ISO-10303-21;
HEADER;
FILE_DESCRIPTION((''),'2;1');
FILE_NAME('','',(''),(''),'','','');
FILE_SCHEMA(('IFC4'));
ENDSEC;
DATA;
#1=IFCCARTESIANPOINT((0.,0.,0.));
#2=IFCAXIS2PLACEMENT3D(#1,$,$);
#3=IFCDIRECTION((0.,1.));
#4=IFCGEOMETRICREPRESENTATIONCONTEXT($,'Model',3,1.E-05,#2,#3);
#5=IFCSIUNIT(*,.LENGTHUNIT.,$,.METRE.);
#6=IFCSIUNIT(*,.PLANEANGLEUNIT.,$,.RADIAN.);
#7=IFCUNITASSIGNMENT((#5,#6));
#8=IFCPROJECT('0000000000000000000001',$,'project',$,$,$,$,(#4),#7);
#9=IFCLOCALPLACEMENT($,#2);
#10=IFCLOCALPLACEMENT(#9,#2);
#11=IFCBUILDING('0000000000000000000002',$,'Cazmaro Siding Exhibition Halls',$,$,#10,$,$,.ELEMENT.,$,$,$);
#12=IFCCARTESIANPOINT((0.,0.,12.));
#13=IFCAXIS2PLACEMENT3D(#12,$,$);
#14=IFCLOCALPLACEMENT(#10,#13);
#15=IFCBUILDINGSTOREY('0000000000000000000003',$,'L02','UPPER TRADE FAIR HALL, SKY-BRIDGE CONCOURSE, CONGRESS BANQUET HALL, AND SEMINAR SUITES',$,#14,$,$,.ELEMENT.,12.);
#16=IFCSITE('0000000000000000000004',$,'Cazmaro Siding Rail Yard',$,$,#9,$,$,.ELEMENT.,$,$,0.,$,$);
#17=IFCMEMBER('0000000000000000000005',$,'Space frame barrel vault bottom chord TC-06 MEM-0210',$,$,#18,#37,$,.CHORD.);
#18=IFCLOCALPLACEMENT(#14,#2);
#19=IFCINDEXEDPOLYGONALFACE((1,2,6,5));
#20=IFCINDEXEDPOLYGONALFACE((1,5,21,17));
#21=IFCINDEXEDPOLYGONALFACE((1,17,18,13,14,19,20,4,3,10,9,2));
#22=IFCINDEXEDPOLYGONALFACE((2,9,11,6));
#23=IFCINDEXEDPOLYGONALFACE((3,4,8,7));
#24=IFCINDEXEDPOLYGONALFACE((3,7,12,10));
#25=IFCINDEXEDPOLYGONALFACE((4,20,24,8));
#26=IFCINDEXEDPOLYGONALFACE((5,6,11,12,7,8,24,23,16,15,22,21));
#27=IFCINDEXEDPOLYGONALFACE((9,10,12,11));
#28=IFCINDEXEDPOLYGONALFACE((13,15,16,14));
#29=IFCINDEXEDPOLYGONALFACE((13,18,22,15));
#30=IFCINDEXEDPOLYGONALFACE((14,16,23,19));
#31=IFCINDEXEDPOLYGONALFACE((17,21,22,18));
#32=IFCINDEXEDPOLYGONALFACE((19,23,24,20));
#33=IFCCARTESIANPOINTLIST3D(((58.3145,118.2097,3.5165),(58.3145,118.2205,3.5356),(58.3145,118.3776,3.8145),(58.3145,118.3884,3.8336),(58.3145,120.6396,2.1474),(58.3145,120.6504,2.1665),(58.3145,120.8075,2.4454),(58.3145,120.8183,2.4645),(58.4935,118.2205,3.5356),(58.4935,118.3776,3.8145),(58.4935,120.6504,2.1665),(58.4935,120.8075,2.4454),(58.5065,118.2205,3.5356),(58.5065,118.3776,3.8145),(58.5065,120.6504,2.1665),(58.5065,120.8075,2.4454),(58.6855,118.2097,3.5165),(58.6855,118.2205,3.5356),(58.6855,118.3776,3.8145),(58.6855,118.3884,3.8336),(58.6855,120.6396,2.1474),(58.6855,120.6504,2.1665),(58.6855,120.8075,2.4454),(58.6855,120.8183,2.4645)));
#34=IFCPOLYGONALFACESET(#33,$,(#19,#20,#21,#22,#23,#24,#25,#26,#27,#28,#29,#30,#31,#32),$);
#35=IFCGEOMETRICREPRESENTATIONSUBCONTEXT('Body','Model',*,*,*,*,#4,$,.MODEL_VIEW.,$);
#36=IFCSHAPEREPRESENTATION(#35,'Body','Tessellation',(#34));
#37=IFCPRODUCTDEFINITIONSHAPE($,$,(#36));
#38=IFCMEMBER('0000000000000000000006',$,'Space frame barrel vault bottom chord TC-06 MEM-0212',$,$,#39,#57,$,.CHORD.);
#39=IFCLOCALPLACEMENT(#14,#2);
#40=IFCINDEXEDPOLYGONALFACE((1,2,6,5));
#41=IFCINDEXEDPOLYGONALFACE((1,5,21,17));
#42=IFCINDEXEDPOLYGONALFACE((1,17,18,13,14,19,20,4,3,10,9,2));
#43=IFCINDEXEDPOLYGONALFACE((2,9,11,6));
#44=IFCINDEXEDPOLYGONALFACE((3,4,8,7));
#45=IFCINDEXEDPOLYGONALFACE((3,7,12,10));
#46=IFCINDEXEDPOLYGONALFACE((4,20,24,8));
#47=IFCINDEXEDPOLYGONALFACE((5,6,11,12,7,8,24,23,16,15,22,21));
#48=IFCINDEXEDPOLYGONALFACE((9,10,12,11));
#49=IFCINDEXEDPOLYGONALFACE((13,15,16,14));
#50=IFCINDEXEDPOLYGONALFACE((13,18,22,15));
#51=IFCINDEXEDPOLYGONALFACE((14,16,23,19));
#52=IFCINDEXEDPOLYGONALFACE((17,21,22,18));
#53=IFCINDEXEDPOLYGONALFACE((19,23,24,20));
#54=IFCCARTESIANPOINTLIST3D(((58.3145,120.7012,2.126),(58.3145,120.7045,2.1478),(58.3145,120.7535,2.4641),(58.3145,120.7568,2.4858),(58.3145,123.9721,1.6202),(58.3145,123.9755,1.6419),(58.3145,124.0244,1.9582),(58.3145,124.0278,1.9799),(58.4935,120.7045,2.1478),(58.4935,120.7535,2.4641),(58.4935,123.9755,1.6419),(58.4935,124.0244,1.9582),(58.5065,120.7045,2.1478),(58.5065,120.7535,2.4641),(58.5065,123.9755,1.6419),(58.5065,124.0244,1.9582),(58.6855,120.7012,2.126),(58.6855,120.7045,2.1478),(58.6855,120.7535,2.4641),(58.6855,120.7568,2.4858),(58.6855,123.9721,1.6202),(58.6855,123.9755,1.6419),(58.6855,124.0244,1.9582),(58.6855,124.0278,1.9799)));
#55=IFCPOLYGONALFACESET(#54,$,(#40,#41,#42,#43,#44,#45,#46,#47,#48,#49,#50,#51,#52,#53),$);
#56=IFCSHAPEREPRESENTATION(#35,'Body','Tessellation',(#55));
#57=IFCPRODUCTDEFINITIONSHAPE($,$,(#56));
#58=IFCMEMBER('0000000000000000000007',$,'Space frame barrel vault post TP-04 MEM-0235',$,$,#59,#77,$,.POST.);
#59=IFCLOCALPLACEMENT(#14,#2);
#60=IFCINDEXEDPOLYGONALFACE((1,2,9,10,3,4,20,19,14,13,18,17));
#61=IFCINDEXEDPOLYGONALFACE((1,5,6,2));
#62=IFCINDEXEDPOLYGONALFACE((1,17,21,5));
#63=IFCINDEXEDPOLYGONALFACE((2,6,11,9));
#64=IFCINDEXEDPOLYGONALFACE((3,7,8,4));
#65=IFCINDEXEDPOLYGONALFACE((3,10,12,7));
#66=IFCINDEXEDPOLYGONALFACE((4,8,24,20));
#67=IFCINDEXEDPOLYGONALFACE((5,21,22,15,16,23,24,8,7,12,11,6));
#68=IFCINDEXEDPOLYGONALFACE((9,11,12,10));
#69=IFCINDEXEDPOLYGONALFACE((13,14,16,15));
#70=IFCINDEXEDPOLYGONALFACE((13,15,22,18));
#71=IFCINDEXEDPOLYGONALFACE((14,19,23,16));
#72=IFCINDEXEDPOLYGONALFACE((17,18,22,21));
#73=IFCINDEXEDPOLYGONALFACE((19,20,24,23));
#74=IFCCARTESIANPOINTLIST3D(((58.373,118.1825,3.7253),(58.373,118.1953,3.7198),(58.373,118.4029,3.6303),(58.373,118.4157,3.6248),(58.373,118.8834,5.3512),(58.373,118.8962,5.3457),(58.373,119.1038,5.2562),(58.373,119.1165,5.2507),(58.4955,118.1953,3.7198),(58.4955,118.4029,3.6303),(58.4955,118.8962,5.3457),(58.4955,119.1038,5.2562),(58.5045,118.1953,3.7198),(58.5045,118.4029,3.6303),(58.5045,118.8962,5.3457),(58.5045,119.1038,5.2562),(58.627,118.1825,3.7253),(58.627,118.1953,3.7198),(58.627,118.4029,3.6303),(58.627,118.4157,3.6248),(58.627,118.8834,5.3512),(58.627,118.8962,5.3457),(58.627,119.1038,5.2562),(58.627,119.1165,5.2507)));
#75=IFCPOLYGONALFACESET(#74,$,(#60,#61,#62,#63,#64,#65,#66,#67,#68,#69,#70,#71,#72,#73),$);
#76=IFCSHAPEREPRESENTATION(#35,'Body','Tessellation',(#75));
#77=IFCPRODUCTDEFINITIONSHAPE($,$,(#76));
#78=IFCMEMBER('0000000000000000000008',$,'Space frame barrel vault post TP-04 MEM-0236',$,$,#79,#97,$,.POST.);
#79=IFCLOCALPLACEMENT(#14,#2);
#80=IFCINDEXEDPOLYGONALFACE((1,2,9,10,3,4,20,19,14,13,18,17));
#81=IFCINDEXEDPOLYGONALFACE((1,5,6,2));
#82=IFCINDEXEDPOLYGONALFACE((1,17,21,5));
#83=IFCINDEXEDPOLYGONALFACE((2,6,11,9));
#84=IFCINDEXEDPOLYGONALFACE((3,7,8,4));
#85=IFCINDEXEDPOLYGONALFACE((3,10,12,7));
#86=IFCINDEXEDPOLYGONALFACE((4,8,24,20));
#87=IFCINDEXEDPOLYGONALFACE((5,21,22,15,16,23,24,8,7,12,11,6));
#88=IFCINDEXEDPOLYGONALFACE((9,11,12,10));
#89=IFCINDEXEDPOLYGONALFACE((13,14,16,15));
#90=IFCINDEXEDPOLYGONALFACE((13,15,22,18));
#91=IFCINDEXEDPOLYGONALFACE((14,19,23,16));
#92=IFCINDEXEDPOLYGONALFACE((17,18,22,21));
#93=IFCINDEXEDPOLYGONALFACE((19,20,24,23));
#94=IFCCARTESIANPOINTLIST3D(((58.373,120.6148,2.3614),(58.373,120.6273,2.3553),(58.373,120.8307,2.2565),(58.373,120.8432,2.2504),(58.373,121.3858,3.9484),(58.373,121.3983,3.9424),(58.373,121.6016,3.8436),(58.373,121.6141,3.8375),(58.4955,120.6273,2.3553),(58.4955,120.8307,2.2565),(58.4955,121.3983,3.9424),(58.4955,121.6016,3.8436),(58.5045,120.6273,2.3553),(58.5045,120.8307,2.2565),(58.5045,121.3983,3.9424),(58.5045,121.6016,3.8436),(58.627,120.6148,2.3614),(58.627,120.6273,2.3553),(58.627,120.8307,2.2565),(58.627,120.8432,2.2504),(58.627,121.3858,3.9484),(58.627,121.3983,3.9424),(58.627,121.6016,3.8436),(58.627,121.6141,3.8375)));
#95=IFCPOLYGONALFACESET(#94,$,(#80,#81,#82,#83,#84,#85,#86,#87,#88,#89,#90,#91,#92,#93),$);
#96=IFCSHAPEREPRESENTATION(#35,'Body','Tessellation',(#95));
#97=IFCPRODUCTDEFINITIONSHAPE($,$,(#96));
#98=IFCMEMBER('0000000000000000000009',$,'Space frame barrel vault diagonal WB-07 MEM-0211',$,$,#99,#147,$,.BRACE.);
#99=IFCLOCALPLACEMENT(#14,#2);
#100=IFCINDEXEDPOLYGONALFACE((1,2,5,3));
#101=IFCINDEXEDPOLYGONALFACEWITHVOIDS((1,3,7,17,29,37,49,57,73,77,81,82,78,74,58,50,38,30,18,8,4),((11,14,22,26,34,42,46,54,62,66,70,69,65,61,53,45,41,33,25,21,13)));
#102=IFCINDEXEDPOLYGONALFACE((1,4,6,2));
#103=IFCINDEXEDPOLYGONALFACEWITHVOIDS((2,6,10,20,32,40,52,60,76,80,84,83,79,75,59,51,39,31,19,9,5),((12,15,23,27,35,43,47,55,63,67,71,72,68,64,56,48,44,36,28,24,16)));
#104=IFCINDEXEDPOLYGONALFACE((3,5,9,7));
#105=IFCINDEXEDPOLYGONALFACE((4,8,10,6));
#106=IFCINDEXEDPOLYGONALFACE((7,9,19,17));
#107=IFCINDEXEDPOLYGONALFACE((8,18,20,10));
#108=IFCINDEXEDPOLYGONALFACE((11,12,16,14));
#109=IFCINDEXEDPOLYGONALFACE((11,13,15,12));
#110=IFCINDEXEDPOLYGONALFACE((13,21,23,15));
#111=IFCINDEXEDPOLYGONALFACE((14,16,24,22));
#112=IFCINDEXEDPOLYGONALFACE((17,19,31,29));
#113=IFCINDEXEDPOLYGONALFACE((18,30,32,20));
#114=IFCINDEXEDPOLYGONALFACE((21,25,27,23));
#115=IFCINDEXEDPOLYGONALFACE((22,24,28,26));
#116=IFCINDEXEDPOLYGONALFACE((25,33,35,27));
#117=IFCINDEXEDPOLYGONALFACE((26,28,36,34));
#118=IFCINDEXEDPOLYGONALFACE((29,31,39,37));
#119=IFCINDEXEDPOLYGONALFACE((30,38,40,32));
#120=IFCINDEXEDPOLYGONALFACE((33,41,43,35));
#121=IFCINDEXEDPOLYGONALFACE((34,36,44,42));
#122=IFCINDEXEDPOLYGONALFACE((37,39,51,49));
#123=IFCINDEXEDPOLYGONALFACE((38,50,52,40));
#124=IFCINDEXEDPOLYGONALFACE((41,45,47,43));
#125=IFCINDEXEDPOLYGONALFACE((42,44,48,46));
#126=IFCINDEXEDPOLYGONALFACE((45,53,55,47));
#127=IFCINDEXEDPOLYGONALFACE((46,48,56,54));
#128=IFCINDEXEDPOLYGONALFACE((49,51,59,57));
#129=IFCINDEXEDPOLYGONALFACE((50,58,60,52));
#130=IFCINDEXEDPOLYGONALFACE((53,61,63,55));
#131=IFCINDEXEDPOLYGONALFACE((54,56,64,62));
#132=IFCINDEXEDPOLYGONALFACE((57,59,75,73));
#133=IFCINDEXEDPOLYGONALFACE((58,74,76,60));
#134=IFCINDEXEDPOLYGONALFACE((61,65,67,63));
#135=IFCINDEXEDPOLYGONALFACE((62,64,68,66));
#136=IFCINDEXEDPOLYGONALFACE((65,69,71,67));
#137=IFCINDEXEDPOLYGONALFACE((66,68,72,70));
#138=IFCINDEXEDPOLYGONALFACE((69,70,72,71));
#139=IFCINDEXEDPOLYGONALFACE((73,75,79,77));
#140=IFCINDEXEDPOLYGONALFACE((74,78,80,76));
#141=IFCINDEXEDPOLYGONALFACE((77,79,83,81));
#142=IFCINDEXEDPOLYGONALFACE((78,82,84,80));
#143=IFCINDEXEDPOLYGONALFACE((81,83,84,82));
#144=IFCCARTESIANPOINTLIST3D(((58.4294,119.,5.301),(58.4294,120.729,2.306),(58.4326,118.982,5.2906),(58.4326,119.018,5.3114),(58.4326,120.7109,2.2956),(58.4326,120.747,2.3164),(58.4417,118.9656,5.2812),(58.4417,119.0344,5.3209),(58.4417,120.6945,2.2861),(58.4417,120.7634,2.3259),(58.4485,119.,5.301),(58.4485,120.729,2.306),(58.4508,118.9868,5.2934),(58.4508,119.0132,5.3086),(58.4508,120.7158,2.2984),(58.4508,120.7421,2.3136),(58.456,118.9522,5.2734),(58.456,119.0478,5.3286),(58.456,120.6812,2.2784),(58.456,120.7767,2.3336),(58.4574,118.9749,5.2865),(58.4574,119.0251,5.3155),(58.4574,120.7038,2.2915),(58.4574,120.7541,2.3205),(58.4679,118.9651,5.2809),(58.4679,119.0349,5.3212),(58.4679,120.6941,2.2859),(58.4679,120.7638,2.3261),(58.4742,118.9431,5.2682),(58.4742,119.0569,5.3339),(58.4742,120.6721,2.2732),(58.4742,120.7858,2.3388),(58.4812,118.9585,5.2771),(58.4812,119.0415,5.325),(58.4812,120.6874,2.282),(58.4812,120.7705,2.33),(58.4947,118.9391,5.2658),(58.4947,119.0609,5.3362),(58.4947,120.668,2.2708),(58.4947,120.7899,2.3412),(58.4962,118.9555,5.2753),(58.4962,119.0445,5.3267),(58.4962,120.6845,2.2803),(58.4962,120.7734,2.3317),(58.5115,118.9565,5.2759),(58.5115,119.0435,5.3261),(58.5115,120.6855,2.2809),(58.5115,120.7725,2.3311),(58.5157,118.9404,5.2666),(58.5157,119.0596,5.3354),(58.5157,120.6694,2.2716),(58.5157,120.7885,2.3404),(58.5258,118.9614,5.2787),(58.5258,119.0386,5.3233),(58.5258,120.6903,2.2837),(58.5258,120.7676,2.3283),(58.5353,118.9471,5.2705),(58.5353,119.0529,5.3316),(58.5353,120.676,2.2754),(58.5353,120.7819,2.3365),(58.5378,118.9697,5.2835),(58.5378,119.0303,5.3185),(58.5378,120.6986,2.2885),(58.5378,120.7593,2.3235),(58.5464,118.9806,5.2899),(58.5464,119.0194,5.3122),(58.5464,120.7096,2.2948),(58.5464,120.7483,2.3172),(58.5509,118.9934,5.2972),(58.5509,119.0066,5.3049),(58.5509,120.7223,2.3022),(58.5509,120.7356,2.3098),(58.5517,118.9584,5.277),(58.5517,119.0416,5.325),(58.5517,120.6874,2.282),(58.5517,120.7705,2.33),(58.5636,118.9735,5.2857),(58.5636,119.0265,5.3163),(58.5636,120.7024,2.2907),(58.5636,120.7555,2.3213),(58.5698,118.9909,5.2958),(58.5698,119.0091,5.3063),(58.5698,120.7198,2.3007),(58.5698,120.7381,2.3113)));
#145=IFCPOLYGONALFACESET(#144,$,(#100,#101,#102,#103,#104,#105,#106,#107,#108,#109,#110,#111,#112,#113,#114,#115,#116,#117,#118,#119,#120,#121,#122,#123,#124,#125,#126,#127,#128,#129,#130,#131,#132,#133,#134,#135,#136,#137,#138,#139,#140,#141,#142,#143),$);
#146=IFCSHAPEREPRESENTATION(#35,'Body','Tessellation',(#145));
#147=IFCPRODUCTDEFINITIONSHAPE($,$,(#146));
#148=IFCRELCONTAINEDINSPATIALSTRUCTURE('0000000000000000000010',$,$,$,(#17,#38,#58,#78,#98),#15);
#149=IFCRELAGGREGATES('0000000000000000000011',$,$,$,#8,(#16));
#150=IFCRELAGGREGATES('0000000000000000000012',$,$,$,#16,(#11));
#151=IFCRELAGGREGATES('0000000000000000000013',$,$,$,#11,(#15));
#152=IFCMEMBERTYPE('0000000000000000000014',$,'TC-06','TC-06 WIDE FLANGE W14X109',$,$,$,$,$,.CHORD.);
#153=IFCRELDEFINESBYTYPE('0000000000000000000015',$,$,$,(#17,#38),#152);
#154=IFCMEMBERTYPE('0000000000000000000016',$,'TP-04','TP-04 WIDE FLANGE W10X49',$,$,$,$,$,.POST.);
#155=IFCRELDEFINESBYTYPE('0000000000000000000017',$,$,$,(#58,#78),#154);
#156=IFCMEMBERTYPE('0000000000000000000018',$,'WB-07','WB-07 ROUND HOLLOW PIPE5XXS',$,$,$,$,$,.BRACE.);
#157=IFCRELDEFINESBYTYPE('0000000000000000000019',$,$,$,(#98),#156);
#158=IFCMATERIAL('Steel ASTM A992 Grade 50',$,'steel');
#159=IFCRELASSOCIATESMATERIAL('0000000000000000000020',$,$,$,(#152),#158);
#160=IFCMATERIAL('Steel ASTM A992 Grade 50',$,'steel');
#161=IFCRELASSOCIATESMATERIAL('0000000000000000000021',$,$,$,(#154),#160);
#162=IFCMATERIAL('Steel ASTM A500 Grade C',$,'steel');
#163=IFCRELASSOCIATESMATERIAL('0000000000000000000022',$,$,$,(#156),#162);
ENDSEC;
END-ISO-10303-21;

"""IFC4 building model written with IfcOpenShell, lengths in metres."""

from ifc_helpers import new_model, si_unit, direction, frame, origin, origin_2d, place, context, subcontext, project, spatial, hollow_circle, i_section, extrude, material, material_profile, profile_set, type_object, element, save


model = new_model("IFC4")

# Units and contexts
model_context = context("Model", 3, precision=1e-05, world=origin(), true_north=direction((0.0, 1.0)))
body_context = subcontext(model_context, "Body", "Model", "MODEL_VIEW")
ifc_project = project(units=[si_unit("LENGTHUNIT", "METRE"), si_unit("PLANEANGLEUNIT", "RADIAN")], contexts=[model_context])

# Site, building, storey
site_placement = place(None, origin())
site = spatial("IfcSite", under=ifc_project, at=site_placement, Name="Cazmaro Siding Rail Yard", CompositionType="ELEMENT", RefElevation=0.0)
building_placement = place(site_placement, origin())
building = spatial("IfcBuilding", under=site, at=building_placement, Name="Cazmaro Siding Exhibition Halls", CompositionType="ELEMENT")
storey_placement = place(building_placement, frame((0.0, 0.0, 12.0)))
storey = spatial("IfcBuildingStorey", under=building, at=storey_placement, Name="L02", Description="UPPER TRADE FAIR HALL, SKY-BRIDGE CONCOURSE, CONGRESS BANQUET HALL, AND SEMINAR SUITES", CompositionType="ELEMENT", Elevation=12.0)

# Members
ifc_material_1 = material(Name="Steel ASTM A992 Grade 50", Category="steel")
ifc_material_profile_1 = material_profile(ifc_material_1, i_section(OverallWidth=0.3711, OverallDepth=0.364, WebThickness=0.0129, FlangeThickness=0.022, at=origin_2d()), Name="W14X109")
ifc_profile_set_1 = profile_set([ifc_material_profile_1], Name="Steel ASTM A992 Grade 50")
member_type_1 = type_object("IfcMemberType", Name="TC-06", Description="TC-06 WIDE FLANGE W14X109", PredefinedType="CHORD", material=ifc_profile_set_1)
member_1_placement = place(storey_placement, frame((58.5, 118.2991, 3.675), z_axis=(0.0, 0.871222, -0.490889), x_axis=(-1.0, 0.0, 0.0)))
element("IfcMember", 1, at=member_1_placement, inside=storey, type_object=member_type_1, Name="Space frame barrel vault bottom chord TC-06 MEM-0210", PredefinedType="CHORD", context=body_context, shape_type="SweptSolid", body=[
    extrude(i_section(OverallWidth=0.3711, OverallDepth=0.364, WebThickness=0.0129, FlangeThickness=0.022, at=origin_2d()), origin(), (0.0, 0.0, 1.0), 2.7891),
])
member_2_placement = place(storey_placement, frame((58.5, 120.729, 2.3059), z_axis=(0.0, 0.988252, -0.152833), x_axis=(-1.0, 0.0, 0.0)))
element("IfcMember", 2, at=member_2_placement, inside=storey, type_object=member_type_1, Name="Space frame barrel vault bottom chord TC-06 MEM-0212", PredefinedType="CHORD", context=body_context, shape_type="SweptSolid", body=[
    extrude(i_section(OverallWidth=0.3711, OverallDepth=0.364, WebThickness=0.0129, FlangeThickness=0.022, at=origin_2d()), origin(), (0.0, 0.0, 1.0), 3.3098),
])
ifc_material_2 = material(Name="Steel ASTM A992 Grade 50", Category="steel")
ifc_material_profile_2 = material_profile(ifc_material_2, i_section(OverallWidth=0.2539, OverallDepth=0.2539, WebThickness=0.009, FlangeThickness=0.0139, at=origin_2d()), Name="W10X49")
ifc_profile_set_2 = profile_set([ifc_material_profile_2], Name="Steel ASTM A992 Grade 50")
member_type_2 = type_object("IfcMemberType", Name="TP-04", Description="TP-04 WIDE FLANGE W10X49", PredefinedType="POST", material=ifc_profile_set_2)
member_3_placement = place(storey_placement, frame((58.5, 118.2991, 3.675), z_axis=(0.0, 0.395865, 0.918309), x_axis=(-1.0, 0.0, 0.0)))
element("IfcMember", 3, at=member_3_placement, inside=storey, type_object=member_type_2, Name="Space frame barrel vault post TP-04 MEM-0235", PredefinedType="POST", context=body_context, shape_type="SweptSolid", body=[
    extrude(i_section(OverallWidth=0.2539, OverallDepth=0.2539, WebThickness=0.009, FlangeThickness=0.0139, at=origin_2d()), origin(), (0.0, 0.0, 1.0), 1.7705),
])
member_4_placement = place(storey_placement, frame((58.5, 120.729, 2.3059), z_axis=(0.0, 0.436946, 0.899488), x_axis=(-1.0, 0.0, 0.0)))
element("IfcMember", 4, at=member_4_placement, inside=storey, type_object=member_type_2, Name="Space frame barrel vault post TP-04 MEM-0236", PredefinedType="POST", context=body_context, shape_type="SweptSolid", body=[
    extrude(i_section(OverallWidth=0.2539, OverallDepth=0.2539, WebThickness=0.009, FlangeThickness=0.0139, at=origin_2d()), origin(), (0.0, 0.0, 1.0), 1.7644),
])
ifc_material_3 = material(Name="Steel ASTM A500 Grade C", Category="steel")
ifc_material_profile_3 = material_profile(ifc_material_3, hollow_circle(Radius=0.0706, WallThickness=0.019, at=origin_2d()), Name="PIPE5XXS")
ifc_profile_set_3 = profile_set([ifc_material_profile_3], Name="Steel ASTM A500 Grade C")
member_type_3 = type_object("IfcMemberType", Name="WB-07", Description="WB-07 ROUND HOLLOW PIPE5XXS", PredefinedType="BRACE", material=ifc_profile_set_3)
member_5_placement = place(storey_placement, frame((58.5, 119.0, 5.301), z_axis=(0.0, 0.499951, -0.866054), x_axis=(-1.0, 0.0, 0.0)))
element("IfcMember", 5, at=member_5_placement, inside=storey, type_object=member_type_3, Name="Space frame barrel vault diagonal WB-07 MEM-0211", PredefinedType="BRACE", context=body_context, shape_type="SweptSolid", body=[
    extrude(hollow_circle(Radius=0.0706, WallThickness=0.019, at=origin_2d()), origin(), (0.0, 0.0, 1.0), 3.4583),
])

save(model, "model.ifc")
